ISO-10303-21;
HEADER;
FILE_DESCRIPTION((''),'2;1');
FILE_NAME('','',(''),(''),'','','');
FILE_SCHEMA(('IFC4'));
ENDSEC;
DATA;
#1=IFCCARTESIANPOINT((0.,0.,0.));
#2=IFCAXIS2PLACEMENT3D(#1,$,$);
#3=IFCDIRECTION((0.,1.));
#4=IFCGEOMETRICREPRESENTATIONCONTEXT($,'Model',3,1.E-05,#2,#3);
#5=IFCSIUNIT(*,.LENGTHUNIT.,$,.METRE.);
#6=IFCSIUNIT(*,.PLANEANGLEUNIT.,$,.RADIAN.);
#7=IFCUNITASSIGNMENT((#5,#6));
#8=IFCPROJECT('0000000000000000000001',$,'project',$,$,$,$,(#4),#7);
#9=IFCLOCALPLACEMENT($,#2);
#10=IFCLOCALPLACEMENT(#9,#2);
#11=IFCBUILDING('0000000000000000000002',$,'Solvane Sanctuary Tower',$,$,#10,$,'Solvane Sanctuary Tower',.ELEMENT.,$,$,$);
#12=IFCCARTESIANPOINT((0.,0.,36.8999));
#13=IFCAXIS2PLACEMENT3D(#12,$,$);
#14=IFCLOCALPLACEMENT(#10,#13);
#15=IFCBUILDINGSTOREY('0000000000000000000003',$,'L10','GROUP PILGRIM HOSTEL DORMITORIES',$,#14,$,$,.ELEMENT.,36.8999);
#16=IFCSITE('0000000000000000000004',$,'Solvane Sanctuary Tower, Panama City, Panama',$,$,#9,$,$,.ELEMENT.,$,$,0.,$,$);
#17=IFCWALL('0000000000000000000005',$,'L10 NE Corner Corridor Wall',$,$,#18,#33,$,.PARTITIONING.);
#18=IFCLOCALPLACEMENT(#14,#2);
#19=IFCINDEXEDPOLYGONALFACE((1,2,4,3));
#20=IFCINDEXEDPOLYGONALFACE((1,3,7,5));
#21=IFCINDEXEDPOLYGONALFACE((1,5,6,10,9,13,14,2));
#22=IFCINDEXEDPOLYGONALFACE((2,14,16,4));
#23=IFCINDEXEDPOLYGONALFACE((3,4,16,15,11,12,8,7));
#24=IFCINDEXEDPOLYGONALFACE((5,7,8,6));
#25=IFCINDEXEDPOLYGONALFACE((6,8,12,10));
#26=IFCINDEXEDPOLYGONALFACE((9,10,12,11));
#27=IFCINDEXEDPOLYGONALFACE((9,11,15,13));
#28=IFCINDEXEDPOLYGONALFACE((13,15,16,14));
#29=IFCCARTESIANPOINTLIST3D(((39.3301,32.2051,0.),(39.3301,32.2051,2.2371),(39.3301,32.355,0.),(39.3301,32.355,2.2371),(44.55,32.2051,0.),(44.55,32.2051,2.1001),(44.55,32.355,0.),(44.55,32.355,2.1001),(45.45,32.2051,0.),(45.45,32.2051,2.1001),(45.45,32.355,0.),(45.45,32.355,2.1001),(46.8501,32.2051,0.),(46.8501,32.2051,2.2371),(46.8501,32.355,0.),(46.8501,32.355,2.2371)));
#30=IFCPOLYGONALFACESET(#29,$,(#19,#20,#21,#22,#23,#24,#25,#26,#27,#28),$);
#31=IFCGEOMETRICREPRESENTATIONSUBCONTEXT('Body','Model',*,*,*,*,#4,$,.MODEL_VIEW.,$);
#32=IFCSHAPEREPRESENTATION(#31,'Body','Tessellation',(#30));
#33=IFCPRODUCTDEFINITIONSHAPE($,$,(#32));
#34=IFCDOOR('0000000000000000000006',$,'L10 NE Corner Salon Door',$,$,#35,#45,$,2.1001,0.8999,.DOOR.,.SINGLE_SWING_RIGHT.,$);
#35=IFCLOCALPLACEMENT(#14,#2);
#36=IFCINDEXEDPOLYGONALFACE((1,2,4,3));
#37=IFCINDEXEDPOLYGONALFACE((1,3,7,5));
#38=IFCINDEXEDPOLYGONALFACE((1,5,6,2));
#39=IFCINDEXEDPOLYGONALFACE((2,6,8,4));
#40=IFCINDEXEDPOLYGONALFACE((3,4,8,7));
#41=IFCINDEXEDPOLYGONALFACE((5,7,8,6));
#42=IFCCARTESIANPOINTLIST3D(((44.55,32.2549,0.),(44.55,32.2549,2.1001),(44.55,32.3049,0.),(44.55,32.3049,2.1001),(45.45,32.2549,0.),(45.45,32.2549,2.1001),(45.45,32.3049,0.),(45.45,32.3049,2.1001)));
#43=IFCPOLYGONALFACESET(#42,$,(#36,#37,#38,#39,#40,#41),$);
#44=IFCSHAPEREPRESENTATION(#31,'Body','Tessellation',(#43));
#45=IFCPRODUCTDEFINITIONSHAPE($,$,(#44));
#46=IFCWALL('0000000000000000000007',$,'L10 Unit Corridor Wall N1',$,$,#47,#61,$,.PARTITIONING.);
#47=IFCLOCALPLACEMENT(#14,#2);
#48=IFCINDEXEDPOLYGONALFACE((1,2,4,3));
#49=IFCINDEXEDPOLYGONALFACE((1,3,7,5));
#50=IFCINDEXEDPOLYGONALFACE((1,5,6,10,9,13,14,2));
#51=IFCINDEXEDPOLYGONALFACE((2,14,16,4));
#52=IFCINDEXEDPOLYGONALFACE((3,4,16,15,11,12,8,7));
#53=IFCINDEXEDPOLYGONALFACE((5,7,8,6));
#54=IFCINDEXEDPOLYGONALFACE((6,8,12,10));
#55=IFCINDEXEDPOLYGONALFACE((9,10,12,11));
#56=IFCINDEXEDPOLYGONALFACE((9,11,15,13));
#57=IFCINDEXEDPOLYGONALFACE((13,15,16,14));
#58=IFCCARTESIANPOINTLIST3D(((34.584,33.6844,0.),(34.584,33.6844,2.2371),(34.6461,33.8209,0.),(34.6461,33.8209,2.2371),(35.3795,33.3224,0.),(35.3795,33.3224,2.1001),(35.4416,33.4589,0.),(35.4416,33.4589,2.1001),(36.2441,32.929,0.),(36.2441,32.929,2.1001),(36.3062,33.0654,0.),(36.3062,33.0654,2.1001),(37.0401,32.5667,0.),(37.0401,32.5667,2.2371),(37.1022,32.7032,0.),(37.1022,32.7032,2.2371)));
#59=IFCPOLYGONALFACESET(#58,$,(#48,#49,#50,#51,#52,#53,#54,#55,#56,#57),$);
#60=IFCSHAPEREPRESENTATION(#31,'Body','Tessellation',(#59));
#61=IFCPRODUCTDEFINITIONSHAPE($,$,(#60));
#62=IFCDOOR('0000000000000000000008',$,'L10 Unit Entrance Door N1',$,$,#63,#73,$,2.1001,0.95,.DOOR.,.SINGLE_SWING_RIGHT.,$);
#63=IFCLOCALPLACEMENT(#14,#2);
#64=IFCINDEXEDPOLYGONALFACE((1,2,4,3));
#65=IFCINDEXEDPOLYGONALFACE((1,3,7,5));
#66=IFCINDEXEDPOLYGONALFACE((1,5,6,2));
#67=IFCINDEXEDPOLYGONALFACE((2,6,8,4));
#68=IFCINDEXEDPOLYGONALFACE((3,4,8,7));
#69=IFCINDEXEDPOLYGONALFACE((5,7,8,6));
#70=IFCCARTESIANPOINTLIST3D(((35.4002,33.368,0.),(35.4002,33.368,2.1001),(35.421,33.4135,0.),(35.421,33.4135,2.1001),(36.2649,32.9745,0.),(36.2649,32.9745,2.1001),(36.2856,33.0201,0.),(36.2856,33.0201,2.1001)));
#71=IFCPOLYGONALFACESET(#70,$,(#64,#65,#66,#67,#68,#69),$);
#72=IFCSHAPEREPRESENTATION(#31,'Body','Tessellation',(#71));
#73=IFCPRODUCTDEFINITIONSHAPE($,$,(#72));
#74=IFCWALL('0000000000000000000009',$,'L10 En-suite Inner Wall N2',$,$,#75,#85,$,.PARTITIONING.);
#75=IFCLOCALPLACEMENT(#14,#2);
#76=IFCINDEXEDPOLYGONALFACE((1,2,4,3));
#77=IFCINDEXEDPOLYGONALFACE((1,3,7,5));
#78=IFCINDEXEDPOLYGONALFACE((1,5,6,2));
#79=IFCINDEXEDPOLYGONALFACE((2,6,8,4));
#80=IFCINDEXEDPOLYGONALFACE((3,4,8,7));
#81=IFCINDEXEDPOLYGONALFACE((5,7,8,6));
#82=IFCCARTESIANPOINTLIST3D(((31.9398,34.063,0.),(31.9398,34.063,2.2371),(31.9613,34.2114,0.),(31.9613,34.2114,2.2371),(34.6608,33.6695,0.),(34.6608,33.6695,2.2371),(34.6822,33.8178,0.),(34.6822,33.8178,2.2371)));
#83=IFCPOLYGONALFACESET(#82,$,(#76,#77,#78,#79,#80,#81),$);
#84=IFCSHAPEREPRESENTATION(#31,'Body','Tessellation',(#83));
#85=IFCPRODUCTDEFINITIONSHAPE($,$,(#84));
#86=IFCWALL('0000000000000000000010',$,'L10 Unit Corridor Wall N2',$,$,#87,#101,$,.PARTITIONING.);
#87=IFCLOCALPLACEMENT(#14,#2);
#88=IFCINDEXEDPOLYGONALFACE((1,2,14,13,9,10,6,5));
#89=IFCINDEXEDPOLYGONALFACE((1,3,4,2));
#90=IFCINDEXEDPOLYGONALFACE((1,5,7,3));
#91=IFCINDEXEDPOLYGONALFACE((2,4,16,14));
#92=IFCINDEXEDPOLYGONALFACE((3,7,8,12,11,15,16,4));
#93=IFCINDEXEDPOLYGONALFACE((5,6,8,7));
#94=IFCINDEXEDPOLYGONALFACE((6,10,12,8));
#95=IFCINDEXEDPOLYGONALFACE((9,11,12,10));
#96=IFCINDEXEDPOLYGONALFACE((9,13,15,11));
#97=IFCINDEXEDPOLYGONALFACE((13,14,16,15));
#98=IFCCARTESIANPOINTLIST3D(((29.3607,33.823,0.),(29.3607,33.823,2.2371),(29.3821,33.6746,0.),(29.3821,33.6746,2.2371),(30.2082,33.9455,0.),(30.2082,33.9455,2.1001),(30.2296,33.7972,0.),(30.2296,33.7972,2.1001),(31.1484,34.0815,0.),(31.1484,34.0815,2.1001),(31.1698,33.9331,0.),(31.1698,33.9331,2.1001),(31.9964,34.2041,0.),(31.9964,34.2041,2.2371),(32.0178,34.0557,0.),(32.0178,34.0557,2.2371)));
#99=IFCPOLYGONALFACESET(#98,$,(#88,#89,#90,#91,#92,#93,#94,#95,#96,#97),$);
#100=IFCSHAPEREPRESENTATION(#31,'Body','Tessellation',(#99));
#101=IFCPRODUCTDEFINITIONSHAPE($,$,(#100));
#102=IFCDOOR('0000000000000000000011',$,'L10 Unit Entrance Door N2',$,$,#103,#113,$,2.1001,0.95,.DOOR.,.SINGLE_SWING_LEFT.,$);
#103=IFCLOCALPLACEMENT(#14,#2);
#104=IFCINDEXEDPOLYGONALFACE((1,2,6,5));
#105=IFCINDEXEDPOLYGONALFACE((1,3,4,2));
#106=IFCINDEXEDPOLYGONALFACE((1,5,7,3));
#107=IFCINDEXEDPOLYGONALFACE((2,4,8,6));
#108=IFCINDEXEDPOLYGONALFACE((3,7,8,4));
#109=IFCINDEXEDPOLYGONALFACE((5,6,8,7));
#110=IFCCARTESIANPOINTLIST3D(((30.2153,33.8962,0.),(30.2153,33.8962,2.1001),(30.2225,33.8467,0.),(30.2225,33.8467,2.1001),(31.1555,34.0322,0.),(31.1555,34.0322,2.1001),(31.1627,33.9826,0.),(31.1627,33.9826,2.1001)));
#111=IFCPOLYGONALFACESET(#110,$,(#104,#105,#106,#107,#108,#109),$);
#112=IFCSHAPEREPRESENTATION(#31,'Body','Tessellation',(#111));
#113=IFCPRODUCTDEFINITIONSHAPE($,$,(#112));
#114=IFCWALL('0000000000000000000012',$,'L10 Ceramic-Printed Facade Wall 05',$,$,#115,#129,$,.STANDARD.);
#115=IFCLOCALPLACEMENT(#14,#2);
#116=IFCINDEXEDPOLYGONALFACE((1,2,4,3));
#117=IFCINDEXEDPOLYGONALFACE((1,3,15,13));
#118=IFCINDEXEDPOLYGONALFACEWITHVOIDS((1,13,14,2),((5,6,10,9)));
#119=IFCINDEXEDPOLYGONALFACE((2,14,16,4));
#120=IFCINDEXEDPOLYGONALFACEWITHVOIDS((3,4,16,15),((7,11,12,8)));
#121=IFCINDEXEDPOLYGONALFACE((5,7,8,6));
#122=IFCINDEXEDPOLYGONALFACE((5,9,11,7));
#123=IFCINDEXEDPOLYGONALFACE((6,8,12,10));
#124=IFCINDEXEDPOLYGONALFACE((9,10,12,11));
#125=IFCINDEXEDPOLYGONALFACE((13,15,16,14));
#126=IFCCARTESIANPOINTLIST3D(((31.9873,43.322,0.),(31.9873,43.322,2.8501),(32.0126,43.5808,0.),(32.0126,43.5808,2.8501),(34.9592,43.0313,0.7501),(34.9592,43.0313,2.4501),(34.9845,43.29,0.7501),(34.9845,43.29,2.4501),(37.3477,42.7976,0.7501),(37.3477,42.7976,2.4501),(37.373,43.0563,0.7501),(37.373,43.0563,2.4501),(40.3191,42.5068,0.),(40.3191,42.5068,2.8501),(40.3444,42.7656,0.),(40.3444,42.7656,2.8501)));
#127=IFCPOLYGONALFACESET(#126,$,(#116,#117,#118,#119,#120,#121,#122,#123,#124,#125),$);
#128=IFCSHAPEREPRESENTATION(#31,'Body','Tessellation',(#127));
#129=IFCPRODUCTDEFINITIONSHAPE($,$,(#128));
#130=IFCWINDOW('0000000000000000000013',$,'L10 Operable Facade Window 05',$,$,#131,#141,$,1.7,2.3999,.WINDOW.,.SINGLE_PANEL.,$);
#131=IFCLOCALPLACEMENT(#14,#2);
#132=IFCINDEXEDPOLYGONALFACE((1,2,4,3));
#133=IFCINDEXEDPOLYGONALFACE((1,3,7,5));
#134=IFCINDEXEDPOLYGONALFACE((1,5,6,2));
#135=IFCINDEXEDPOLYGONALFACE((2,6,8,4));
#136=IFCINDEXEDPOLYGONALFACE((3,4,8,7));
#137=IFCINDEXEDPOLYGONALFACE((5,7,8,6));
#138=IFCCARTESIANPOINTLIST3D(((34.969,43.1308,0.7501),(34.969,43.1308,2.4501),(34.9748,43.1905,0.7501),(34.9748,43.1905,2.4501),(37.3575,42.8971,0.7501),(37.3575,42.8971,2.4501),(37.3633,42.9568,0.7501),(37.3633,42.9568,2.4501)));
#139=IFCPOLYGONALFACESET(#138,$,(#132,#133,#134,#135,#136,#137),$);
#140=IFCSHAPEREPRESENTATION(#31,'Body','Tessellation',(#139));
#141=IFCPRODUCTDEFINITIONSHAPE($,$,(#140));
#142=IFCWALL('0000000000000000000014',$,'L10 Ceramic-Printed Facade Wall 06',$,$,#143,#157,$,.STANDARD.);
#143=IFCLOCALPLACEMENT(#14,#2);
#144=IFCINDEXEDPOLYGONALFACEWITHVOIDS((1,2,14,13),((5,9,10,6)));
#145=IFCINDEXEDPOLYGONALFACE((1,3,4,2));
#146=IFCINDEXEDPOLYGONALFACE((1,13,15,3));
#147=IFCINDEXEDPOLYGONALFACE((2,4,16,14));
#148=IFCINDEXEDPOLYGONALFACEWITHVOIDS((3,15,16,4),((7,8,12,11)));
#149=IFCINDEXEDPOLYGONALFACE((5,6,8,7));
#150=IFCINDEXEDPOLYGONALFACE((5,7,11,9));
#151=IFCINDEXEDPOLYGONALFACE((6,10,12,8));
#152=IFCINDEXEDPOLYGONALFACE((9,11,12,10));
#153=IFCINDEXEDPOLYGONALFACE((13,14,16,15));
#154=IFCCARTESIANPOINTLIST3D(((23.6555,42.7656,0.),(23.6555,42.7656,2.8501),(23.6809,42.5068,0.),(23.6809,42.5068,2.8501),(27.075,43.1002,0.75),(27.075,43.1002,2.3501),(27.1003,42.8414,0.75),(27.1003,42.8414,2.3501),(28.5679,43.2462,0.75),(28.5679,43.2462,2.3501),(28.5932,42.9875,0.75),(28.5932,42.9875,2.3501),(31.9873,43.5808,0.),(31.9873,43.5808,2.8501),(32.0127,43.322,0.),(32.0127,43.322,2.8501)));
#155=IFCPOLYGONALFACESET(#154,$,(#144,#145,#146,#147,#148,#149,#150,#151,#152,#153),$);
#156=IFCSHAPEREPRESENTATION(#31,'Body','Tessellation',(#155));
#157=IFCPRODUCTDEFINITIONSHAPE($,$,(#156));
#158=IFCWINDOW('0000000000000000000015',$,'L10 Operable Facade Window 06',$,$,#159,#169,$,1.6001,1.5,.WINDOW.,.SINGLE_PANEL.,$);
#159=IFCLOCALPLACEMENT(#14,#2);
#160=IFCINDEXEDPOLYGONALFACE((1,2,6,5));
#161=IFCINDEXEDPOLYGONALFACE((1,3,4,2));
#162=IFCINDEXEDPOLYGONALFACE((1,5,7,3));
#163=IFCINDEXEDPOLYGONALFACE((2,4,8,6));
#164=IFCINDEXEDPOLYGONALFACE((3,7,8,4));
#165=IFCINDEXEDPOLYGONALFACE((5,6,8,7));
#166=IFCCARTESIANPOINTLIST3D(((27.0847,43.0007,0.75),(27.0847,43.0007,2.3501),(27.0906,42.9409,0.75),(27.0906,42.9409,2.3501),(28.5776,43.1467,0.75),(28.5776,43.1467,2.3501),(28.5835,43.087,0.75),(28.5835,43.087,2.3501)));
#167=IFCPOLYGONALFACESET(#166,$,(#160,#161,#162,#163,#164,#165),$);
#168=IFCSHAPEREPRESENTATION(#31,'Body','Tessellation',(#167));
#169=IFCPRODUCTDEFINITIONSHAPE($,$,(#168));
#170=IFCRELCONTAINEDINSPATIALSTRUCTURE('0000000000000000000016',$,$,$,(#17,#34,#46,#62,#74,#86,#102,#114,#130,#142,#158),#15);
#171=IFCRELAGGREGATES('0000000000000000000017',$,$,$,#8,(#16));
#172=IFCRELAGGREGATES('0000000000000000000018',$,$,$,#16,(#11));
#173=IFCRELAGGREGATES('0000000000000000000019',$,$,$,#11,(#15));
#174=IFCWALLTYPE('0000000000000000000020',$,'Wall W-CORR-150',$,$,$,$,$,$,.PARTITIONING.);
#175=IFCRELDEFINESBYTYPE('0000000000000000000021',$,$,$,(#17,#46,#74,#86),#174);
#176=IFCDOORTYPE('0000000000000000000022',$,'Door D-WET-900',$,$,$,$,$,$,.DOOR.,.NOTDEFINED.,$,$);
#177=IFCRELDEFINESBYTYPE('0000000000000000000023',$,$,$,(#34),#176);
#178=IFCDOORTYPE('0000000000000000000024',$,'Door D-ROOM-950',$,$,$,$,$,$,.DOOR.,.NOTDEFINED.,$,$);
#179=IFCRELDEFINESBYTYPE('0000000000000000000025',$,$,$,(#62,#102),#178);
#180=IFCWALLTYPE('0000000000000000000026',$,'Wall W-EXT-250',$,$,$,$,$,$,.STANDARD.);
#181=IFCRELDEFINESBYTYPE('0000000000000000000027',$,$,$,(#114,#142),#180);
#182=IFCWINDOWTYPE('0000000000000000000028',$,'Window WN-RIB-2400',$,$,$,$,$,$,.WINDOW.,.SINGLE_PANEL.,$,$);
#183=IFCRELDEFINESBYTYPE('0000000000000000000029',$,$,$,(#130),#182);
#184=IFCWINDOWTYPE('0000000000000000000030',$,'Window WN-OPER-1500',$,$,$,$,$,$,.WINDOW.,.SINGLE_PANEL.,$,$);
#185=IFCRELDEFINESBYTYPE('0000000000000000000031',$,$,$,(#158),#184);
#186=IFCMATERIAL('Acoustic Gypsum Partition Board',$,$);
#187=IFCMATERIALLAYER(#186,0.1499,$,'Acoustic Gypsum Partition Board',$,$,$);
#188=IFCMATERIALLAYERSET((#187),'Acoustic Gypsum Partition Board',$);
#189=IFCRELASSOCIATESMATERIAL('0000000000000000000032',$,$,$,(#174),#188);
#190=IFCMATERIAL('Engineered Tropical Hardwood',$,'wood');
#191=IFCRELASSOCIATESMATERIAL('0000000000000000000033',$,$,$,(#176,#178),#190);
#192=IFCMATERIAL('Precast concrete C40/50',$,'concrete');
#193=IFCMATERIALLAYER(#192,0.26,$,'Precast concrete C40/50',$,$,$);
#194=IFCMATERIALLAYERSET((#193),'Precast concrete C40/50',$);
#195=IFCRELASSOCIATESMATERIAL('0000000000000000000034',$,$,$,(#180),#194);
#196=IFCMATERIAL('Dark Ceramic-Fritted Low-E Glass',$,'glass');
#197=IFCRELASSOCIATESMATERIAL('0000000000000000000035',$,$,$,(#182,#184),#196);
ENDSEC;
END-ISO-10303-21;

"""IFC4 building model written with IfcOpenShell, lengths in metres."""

from ifc_helpers import new_model, si_unit, direction, frame, frame_2d, origin, place, context, subcontext, project, spatial, rectangle, extrude, material, layer, layer_set, type_object, element, fill, save


model = new_model("IFC4")

# Units and contexts
model_context = context("Model", 3, precision=1e-05, world=origin(), true_north=direction((0.0, 1.0)))
body_context = subcontext(model_context, "Body", "Model", "MODEL_VIEW")
ifc_project = project(units=[si_unit("LENGTHUNIT", "METRE"), si_unit("PLANEANGLEUNIT", "RADIAN")], contexts=[model_context])

# Site, building, storey
site_placement = place(None, origin())
site = spatial("IfcSite", under=ifc_project, at=site_placement, Name="Solvane Sanctuary Tower, Panama City, Panama", CompositionType="ELEMENT", RefElevation=0.0)
building_placement = place(site_placement, origin())
building = spatial("IfcBuilding", under=site, at=building_placement, Name="Solvane Sanctuary Tower", LongName="Solvane Sanctuary Tower", CompositionType="ELEMENT")
storey_placement = place(building_placement, frame((0.0, 0.0, 36.8999)))
storey = spatial("IfcBuildingStorey", under=building, at=storey_placement, Name="L10", Description="GROUP PILGRIM HOSTEL DORMITORIES", CompositionType="ELEMENT", Elevation=36.8999)

# Shared definitions
ifc_material_1 = material(Name="Acoustic Gypsum Partition Board")
ifc_layer_1 = layer(ifc_material_1, 0.1499, Name="Acoustic Gypsum Partition Board")
ifc_layer_set_1 = layer_set([ifc_layer_1], Name="Acoustic Gypsum Partition Board")
wall_type_1 = type_object("IfcWallType", Name="Wall W-CORR-150", PredefinedType="PARTITIONING", material=ifc_layer_set_1)

# Walls, openings, doors
wall_1_placement = place(storey_placement, frame((39.3301, 32.28, 0.0), z_axis=(0.0, 0.0, 1.0), x_axis=(1.0, 0.0, 0.0)))
wall_1 = element("IfcWall", 1, at=wall_1_placement, inside=storey, type_object=wall_type_1, Name="L10 NE Corner Corridor Wall", PredefinedType="PARTITIONING", context=body_context, shape_type="SweptSolid", body=[
    extrude(rectangle(XDim=7.52, YDim=0.1499, at=frame_2d((3.76, 0.0))), origin(), (0.0, 0.0, 1.0), 2.2371),
])
opening_1_placement = place(wall_1_placement, frame((5.22, 0.0, 0.0)))
opening_1 = element("IfcOpeningElement", 2, at=opening_1_placement, cuts=wall_1, PredefinedType="OPENING", context=body_context, shape_type="SweptSolid", body=[
    extrude(rectangle(XDim=0.8999, YDim=2.1001, at=frame_2d((0.45, 1.05))), frame((0.0, 0.085, 0.0), z_axis=(0.0, -1.0, 0.0), x_axis=(1.0, 0.0, 0.0)), (0.0, 0.0, 1.0), 0.1699),
])
ifc_material_2 = material(Name="Engineered Tropical Hardwood", Category="wood")
door_type_1 = type_object("IfcDoorType", Name="Door D-WET-900", OperationType="NOTDEFINED", PredefinedType="DOOR", material=ifc_material_2)
door_1_placement = place(opening_1_placement, origin())
door_1 = element("IfcDoor", 3, at=door_1_placement, inside=storey, type_object=door_type_1, Name="L10 NE Corner Salon Door", OperationType="SINGLE_SWING_RIGHT", OverallHeight=2.1001, OverallWidth=0.8999, PredefinedType="DOOR", context=body_context, shape_type="SweptSolid", body=[
    extrude(rectangle(XDim=0.8999, YDim=2.1001, at=frame_2d((0.45, 1.05))), frame((0.0, 0.0249, 0.0), z_axis=(0.0, -1.0, 0.0), x_axis=(1.0, 0.0, 0.0)), (0.0, 0.0, 1.0), 0.05),
])
fill(opening_1, door_1)
wall_2_placement = place(storey_placement, frame((37.071, 32.635, 0.0), z_axis=(0.0, 0.0, 1.0), x_axis=(-0.910187, 0.414198, 0.0)))
wall_2 = element("IfcWall", 4, at=wall_2_placement, inside=storey, type_object=wall_type_1, Name="L10 Unit Corridor Wall N1", PredefinedType="PARTITIONING", context=body_context, shape_type="SweptSolid", body=[
    extrude(rectangle(XDim=2.6985, YDim=0.1499, at=frame_2d((1.3491, 0.0))), origin(), (0.0, 0.0, 1.0), 2.2371),
])
opening_2_placement = place(wall_2_placement, frame((0.8743, 0.0, 0.0)))
opening_2 = element("IfcOpeningElement", 5, at=opening_2_placement, cuts=wall_2, PredefinedType="OPENING", context=body_context, shape_type="SweptSolid", body=[
    extrude(rectangle(XDim=0.95, YDim=2.1001, at=frame_2d((0.4751, 1.05))), frame((0.0, 0.085, 0.0), z_axis=(0.0, -1.0, 0.0), x_axis=(1.0, 0.0, 0.0)), (0.0, 0.0, 1.0), 0.1699),
])
door_type_2 = type_object("IfcDoorType", Name="Door D-ROOM-950", OperationType="NOTDEFINED", PredefinedType="DOOR", material=ifc_material_2)
door_2_placement = place(opening_2_placement, origin())
door_2 = element("IfcDoor", 6, at=door_2_placement, inside=storey, type_object=door_type_2, Name="L10 Unit Entrance Door N1", OperationType="SINGLE_SWING_RIGHT", OverallHeight=2.1001, OverallWidth=0.95, PredefinedType="DOOR", context=body_context, shape_type="SweptSolid", body=[
    extrude(rectangle(XDim=0.95, YDim=2.1001, at=frame_2d((0.4751, 1.05))), frame((0.0, 0.0249, 0.0), z_axis=(0.0, -1.0, 0.0), x_axis=(1.0, 0.0, 0.0)), (0.0, 0.0, 1.0), 0.05),
])
fill(opening_2, door_2)

# Wall
wall_3_placement = place(storey_placement, frame((34.6714, 33.7437, 0.0), z_axis=(0.0, 0.0, 1.0), x_axis=(-0.989701, 0.143149, 0.0)))
element("IfcWall", 7, at=wall_3_placement, inside=storey, type_object=wall_type_1, Name="L10 En-suite Inner Wall N2", PredefinedType="PARTITIONING", context=body_context, shape_type="SweptSolid", body=[
    extrude(rectangle(XDim=2.7493, YDim=0.1499, at=frame_2d((1.3745, 0.0))), origin(), (0.0, 0.0, 1.0), 2.2371),
])

# Wall, opening, door
wall_4_placement = place(storey_placement, frame((32.0071, 34.1299, 0.0), z_axis=(0.0, 0.0, 1.0), x_axis=(-0.989708, -0.143102, 0.0)))
wall_4 = element("IfcWall", 8, at=wall_4_placement, inside=storey, type_object=wall_type_1, Name="L10 Unit Corridor Wall N2", PredefinedType="PARTITIONING", context=body_context, shape_type="SweptSolid", body=[
    extrude(rectangle(XDim=2.6631, YDim=0.1499, at=frame_2d((1.3315, 0.0))), origin(), (0.0, 0.0, 1.0), 2.2371),
])
opening_3_placement = place(wall_4_placement, frame((0.8567, 0.0, 0.0)))
opening_3 = element("IfcOpeningElement", 9, at=opening_3_placement, cuts=wall_4, PredefinedType="OPENING", context=body_context, shape_type="SweptSolid", body=[
    extrude(rectangle(XDim=0.95, YDim=2.1001, at=frame_2d((0.4751, 1.05))), frame((0.0, 0.085, 0.0), z_axis=(0.0, -1.0, 0.0), x_axis=(1.0, 0.0, 0.0)), (0.0, 0.0, 1.0), 0.1699),
])
door_3_placement = place(opening_3_placement, origin())
door_3 = element("IfcDoor", 10, at=door_3_placement, inside=storey, type_object=door_type_2, Name="L10 Unit Entrance Door N2", OperationType="SINGLE_SWING_LEFT", OverallHeight=2.1001, OverallWidth=0.95, PredefinedType="DOOR", context=body_context, shape_type="SweptSolid", body=[
    extrude(rectangle(XDim=0.95, YDim=2.1001, at=frame_2d((0.4751, 1.05))), frame((0.0, 0.0249, 0.0), z_axis=(0.0, -1.0, 0.0), x_axis=(1.0, 0.0, 0.0)), (0.0, 0.0, 1.0), 0.05),
])
fill(opening_3, door_3)

# Walls, openings, windows
ifc_material_3 = material(Name="Precast concrete C40/50", Category="concrete")
ifc_layer_2 = layer(ifc_material_3, 0.26, Name="Precast concrete C40/50")
ifc_layer_set_2 = layer_set([ifc_layer_2], Name="Precast concrete C40/50")
wall_type_2 = type_object("IfcWallType", Name="Wall W-EXT-250", PredefinedType="STANDARD", material=ifc_layer_set_2)
wall_5_placement = place(storey_placement, frame((40.3318, 42.6362, 0.0), z_axis=(0.0, 0.0, 1.0), x_axis=(-0.995248, 0.097375, 0.0)))
wall_5 = element("IfcWall", 11, at=wall_5_placement, inside=storey, type_object=wall_type_2, Name="L10 Ceramic-Printed Facade Wall 05", PredefinedType="STANDARD", context=body_context, shape_type="SweptSolid", body=[
    extrude(rectangle(XDim=8.3716, YDim=0.26, at=frame_2d((4.1858, 0.0))), origin(), (0.0, 0.0, 1.0), 2.8501),
])
opening_4_placement = place(wall_5_placement, frame((2.9856, 0.0, 0.75)))
opening_4 = element("IfcOpeningElement", 12, at=opening_4_placement, cuts=wall_5, PredefinedType="OPENING", context=body_context, shape_type="SweptSolid", body=[
    extrude(rectangle(XDim=2.3999, YDim=1.7, at=frame_2d((1.2, 0.8501))), frame((0.0, 0.1399, 0.0), z_axis=(0.0, -1.0, 0.0), x_axis=(1.0, 0.0, 0.0)), (0.0, 0.0, 1.0), 0.28),
])
ifc_material_4 = material(Name="Dark Ceramic-Fritted Low-E Glass", Category="glass")
window_type_1 = type_object("IfcWindowType", Name="Window WN-RIB-2400", PartitioningType="SINGLE_PANEL", PredefinedType="WINDOW", material=ifc_material_4)
window_1_placement = place(opening_4_placement, origin())
window_1 = element("IfcWindow", 13, at=window_1_placement, inside=storey, type_object=window_type_1, Name="L10 Operable Facade Window 05", OverallHeight=1.7, OverallWidth=2.3999, PartitioningType="SINGLE_PANEL", PredefinedType="WINDOW", context=body_context, shape_type="SweptSolid", body=[
    extrude(rectangle(XDim=2.3999, YDim=1.7, at=frame_2d((1.2, 0.8501))), frame((0.0, 0.03, 0.0), z_axis=(0.0, -1.0, 0.0), x_axis=(1.0, 0.0, 0.0)), (0.0, 0.0, 1.0), 0.0601),
])
fill(opening_4, window_1)
wall_6_placement = place(storey_placement, frame((32.0, 43.4514, 0.0), z_axis=(0.0, 0.0, 1.0), x_axis=(-0.995248, -0.097375, 0.0)))
wall_6 = element("IfcWall", 14, at=wall_6_placement, inside=storey, type_object=wall_type_2, Name="L10 Ceramic-Printed Facade Wall 06", PredefinedType="STANDARD", context=body_context, shape_type="SweptSolid", body=[
    extrude(rectangle(XDim=8.3716, YDim=0.26, at=frame_2d((4.1858, 0.0))), origin(), (0.0, 0.0, 1.0), 2.8501),
])
opening_5_placement = place(wall_6_placement, frame((3.4358, 0.0, 0.75)))
opening_5 = element("IfcOpeningElement", 15, at=opening_5_placement, cuts=wall_6, PredefinedType="OPENING", context=body_context, shape_type="SweptSolid", body=[
    extrude(rectangle(XDim=1.5, YDim=1.6001, at=frame_2d((0.75, 0.8))), frame((0.0, 0.1399, 0.0), z_axis=(0.0, -1.0, 0.0), x_axis=(1.0, 0.0, 0.0)), (0.0, 0.0, 1.0), 0.28),
])
window_type_2 = type_object("IfcWindowType", Name="Window WN-OPER-1500", PartitioningType="SINGLE_PANEL", PredefinedType="WINDOW", material=ifc_material_4)
window_2_placement = place(opening_5_placement, origin())
window_2 = element("IfcWindow", 16, at=window_2_placement, inside=storey, type_object=window_type_2, Name="L10 Operable Facade Window 06", OverallHeight=1.6001, OverallWidth=1.5, PartitioningType="SINGLE_PANEL", PredefinedType="WINDOW", context=body_context, shape_type="SweptSolid", body=[
    extrude(rectangle(XDim=1.5, YDim=1.6001, at=frame_2d((0.75, 0.8))), frame((0.0, 0.03, 0.0), z_axis=(0.0, -1.0, 0.0), x_axis=(1.0, 0.0, 0.0)), (0.0, 0.0, 1.0), 0.0601),
])
fill(opening_5, window_2)

save(model, "model.ifc")
